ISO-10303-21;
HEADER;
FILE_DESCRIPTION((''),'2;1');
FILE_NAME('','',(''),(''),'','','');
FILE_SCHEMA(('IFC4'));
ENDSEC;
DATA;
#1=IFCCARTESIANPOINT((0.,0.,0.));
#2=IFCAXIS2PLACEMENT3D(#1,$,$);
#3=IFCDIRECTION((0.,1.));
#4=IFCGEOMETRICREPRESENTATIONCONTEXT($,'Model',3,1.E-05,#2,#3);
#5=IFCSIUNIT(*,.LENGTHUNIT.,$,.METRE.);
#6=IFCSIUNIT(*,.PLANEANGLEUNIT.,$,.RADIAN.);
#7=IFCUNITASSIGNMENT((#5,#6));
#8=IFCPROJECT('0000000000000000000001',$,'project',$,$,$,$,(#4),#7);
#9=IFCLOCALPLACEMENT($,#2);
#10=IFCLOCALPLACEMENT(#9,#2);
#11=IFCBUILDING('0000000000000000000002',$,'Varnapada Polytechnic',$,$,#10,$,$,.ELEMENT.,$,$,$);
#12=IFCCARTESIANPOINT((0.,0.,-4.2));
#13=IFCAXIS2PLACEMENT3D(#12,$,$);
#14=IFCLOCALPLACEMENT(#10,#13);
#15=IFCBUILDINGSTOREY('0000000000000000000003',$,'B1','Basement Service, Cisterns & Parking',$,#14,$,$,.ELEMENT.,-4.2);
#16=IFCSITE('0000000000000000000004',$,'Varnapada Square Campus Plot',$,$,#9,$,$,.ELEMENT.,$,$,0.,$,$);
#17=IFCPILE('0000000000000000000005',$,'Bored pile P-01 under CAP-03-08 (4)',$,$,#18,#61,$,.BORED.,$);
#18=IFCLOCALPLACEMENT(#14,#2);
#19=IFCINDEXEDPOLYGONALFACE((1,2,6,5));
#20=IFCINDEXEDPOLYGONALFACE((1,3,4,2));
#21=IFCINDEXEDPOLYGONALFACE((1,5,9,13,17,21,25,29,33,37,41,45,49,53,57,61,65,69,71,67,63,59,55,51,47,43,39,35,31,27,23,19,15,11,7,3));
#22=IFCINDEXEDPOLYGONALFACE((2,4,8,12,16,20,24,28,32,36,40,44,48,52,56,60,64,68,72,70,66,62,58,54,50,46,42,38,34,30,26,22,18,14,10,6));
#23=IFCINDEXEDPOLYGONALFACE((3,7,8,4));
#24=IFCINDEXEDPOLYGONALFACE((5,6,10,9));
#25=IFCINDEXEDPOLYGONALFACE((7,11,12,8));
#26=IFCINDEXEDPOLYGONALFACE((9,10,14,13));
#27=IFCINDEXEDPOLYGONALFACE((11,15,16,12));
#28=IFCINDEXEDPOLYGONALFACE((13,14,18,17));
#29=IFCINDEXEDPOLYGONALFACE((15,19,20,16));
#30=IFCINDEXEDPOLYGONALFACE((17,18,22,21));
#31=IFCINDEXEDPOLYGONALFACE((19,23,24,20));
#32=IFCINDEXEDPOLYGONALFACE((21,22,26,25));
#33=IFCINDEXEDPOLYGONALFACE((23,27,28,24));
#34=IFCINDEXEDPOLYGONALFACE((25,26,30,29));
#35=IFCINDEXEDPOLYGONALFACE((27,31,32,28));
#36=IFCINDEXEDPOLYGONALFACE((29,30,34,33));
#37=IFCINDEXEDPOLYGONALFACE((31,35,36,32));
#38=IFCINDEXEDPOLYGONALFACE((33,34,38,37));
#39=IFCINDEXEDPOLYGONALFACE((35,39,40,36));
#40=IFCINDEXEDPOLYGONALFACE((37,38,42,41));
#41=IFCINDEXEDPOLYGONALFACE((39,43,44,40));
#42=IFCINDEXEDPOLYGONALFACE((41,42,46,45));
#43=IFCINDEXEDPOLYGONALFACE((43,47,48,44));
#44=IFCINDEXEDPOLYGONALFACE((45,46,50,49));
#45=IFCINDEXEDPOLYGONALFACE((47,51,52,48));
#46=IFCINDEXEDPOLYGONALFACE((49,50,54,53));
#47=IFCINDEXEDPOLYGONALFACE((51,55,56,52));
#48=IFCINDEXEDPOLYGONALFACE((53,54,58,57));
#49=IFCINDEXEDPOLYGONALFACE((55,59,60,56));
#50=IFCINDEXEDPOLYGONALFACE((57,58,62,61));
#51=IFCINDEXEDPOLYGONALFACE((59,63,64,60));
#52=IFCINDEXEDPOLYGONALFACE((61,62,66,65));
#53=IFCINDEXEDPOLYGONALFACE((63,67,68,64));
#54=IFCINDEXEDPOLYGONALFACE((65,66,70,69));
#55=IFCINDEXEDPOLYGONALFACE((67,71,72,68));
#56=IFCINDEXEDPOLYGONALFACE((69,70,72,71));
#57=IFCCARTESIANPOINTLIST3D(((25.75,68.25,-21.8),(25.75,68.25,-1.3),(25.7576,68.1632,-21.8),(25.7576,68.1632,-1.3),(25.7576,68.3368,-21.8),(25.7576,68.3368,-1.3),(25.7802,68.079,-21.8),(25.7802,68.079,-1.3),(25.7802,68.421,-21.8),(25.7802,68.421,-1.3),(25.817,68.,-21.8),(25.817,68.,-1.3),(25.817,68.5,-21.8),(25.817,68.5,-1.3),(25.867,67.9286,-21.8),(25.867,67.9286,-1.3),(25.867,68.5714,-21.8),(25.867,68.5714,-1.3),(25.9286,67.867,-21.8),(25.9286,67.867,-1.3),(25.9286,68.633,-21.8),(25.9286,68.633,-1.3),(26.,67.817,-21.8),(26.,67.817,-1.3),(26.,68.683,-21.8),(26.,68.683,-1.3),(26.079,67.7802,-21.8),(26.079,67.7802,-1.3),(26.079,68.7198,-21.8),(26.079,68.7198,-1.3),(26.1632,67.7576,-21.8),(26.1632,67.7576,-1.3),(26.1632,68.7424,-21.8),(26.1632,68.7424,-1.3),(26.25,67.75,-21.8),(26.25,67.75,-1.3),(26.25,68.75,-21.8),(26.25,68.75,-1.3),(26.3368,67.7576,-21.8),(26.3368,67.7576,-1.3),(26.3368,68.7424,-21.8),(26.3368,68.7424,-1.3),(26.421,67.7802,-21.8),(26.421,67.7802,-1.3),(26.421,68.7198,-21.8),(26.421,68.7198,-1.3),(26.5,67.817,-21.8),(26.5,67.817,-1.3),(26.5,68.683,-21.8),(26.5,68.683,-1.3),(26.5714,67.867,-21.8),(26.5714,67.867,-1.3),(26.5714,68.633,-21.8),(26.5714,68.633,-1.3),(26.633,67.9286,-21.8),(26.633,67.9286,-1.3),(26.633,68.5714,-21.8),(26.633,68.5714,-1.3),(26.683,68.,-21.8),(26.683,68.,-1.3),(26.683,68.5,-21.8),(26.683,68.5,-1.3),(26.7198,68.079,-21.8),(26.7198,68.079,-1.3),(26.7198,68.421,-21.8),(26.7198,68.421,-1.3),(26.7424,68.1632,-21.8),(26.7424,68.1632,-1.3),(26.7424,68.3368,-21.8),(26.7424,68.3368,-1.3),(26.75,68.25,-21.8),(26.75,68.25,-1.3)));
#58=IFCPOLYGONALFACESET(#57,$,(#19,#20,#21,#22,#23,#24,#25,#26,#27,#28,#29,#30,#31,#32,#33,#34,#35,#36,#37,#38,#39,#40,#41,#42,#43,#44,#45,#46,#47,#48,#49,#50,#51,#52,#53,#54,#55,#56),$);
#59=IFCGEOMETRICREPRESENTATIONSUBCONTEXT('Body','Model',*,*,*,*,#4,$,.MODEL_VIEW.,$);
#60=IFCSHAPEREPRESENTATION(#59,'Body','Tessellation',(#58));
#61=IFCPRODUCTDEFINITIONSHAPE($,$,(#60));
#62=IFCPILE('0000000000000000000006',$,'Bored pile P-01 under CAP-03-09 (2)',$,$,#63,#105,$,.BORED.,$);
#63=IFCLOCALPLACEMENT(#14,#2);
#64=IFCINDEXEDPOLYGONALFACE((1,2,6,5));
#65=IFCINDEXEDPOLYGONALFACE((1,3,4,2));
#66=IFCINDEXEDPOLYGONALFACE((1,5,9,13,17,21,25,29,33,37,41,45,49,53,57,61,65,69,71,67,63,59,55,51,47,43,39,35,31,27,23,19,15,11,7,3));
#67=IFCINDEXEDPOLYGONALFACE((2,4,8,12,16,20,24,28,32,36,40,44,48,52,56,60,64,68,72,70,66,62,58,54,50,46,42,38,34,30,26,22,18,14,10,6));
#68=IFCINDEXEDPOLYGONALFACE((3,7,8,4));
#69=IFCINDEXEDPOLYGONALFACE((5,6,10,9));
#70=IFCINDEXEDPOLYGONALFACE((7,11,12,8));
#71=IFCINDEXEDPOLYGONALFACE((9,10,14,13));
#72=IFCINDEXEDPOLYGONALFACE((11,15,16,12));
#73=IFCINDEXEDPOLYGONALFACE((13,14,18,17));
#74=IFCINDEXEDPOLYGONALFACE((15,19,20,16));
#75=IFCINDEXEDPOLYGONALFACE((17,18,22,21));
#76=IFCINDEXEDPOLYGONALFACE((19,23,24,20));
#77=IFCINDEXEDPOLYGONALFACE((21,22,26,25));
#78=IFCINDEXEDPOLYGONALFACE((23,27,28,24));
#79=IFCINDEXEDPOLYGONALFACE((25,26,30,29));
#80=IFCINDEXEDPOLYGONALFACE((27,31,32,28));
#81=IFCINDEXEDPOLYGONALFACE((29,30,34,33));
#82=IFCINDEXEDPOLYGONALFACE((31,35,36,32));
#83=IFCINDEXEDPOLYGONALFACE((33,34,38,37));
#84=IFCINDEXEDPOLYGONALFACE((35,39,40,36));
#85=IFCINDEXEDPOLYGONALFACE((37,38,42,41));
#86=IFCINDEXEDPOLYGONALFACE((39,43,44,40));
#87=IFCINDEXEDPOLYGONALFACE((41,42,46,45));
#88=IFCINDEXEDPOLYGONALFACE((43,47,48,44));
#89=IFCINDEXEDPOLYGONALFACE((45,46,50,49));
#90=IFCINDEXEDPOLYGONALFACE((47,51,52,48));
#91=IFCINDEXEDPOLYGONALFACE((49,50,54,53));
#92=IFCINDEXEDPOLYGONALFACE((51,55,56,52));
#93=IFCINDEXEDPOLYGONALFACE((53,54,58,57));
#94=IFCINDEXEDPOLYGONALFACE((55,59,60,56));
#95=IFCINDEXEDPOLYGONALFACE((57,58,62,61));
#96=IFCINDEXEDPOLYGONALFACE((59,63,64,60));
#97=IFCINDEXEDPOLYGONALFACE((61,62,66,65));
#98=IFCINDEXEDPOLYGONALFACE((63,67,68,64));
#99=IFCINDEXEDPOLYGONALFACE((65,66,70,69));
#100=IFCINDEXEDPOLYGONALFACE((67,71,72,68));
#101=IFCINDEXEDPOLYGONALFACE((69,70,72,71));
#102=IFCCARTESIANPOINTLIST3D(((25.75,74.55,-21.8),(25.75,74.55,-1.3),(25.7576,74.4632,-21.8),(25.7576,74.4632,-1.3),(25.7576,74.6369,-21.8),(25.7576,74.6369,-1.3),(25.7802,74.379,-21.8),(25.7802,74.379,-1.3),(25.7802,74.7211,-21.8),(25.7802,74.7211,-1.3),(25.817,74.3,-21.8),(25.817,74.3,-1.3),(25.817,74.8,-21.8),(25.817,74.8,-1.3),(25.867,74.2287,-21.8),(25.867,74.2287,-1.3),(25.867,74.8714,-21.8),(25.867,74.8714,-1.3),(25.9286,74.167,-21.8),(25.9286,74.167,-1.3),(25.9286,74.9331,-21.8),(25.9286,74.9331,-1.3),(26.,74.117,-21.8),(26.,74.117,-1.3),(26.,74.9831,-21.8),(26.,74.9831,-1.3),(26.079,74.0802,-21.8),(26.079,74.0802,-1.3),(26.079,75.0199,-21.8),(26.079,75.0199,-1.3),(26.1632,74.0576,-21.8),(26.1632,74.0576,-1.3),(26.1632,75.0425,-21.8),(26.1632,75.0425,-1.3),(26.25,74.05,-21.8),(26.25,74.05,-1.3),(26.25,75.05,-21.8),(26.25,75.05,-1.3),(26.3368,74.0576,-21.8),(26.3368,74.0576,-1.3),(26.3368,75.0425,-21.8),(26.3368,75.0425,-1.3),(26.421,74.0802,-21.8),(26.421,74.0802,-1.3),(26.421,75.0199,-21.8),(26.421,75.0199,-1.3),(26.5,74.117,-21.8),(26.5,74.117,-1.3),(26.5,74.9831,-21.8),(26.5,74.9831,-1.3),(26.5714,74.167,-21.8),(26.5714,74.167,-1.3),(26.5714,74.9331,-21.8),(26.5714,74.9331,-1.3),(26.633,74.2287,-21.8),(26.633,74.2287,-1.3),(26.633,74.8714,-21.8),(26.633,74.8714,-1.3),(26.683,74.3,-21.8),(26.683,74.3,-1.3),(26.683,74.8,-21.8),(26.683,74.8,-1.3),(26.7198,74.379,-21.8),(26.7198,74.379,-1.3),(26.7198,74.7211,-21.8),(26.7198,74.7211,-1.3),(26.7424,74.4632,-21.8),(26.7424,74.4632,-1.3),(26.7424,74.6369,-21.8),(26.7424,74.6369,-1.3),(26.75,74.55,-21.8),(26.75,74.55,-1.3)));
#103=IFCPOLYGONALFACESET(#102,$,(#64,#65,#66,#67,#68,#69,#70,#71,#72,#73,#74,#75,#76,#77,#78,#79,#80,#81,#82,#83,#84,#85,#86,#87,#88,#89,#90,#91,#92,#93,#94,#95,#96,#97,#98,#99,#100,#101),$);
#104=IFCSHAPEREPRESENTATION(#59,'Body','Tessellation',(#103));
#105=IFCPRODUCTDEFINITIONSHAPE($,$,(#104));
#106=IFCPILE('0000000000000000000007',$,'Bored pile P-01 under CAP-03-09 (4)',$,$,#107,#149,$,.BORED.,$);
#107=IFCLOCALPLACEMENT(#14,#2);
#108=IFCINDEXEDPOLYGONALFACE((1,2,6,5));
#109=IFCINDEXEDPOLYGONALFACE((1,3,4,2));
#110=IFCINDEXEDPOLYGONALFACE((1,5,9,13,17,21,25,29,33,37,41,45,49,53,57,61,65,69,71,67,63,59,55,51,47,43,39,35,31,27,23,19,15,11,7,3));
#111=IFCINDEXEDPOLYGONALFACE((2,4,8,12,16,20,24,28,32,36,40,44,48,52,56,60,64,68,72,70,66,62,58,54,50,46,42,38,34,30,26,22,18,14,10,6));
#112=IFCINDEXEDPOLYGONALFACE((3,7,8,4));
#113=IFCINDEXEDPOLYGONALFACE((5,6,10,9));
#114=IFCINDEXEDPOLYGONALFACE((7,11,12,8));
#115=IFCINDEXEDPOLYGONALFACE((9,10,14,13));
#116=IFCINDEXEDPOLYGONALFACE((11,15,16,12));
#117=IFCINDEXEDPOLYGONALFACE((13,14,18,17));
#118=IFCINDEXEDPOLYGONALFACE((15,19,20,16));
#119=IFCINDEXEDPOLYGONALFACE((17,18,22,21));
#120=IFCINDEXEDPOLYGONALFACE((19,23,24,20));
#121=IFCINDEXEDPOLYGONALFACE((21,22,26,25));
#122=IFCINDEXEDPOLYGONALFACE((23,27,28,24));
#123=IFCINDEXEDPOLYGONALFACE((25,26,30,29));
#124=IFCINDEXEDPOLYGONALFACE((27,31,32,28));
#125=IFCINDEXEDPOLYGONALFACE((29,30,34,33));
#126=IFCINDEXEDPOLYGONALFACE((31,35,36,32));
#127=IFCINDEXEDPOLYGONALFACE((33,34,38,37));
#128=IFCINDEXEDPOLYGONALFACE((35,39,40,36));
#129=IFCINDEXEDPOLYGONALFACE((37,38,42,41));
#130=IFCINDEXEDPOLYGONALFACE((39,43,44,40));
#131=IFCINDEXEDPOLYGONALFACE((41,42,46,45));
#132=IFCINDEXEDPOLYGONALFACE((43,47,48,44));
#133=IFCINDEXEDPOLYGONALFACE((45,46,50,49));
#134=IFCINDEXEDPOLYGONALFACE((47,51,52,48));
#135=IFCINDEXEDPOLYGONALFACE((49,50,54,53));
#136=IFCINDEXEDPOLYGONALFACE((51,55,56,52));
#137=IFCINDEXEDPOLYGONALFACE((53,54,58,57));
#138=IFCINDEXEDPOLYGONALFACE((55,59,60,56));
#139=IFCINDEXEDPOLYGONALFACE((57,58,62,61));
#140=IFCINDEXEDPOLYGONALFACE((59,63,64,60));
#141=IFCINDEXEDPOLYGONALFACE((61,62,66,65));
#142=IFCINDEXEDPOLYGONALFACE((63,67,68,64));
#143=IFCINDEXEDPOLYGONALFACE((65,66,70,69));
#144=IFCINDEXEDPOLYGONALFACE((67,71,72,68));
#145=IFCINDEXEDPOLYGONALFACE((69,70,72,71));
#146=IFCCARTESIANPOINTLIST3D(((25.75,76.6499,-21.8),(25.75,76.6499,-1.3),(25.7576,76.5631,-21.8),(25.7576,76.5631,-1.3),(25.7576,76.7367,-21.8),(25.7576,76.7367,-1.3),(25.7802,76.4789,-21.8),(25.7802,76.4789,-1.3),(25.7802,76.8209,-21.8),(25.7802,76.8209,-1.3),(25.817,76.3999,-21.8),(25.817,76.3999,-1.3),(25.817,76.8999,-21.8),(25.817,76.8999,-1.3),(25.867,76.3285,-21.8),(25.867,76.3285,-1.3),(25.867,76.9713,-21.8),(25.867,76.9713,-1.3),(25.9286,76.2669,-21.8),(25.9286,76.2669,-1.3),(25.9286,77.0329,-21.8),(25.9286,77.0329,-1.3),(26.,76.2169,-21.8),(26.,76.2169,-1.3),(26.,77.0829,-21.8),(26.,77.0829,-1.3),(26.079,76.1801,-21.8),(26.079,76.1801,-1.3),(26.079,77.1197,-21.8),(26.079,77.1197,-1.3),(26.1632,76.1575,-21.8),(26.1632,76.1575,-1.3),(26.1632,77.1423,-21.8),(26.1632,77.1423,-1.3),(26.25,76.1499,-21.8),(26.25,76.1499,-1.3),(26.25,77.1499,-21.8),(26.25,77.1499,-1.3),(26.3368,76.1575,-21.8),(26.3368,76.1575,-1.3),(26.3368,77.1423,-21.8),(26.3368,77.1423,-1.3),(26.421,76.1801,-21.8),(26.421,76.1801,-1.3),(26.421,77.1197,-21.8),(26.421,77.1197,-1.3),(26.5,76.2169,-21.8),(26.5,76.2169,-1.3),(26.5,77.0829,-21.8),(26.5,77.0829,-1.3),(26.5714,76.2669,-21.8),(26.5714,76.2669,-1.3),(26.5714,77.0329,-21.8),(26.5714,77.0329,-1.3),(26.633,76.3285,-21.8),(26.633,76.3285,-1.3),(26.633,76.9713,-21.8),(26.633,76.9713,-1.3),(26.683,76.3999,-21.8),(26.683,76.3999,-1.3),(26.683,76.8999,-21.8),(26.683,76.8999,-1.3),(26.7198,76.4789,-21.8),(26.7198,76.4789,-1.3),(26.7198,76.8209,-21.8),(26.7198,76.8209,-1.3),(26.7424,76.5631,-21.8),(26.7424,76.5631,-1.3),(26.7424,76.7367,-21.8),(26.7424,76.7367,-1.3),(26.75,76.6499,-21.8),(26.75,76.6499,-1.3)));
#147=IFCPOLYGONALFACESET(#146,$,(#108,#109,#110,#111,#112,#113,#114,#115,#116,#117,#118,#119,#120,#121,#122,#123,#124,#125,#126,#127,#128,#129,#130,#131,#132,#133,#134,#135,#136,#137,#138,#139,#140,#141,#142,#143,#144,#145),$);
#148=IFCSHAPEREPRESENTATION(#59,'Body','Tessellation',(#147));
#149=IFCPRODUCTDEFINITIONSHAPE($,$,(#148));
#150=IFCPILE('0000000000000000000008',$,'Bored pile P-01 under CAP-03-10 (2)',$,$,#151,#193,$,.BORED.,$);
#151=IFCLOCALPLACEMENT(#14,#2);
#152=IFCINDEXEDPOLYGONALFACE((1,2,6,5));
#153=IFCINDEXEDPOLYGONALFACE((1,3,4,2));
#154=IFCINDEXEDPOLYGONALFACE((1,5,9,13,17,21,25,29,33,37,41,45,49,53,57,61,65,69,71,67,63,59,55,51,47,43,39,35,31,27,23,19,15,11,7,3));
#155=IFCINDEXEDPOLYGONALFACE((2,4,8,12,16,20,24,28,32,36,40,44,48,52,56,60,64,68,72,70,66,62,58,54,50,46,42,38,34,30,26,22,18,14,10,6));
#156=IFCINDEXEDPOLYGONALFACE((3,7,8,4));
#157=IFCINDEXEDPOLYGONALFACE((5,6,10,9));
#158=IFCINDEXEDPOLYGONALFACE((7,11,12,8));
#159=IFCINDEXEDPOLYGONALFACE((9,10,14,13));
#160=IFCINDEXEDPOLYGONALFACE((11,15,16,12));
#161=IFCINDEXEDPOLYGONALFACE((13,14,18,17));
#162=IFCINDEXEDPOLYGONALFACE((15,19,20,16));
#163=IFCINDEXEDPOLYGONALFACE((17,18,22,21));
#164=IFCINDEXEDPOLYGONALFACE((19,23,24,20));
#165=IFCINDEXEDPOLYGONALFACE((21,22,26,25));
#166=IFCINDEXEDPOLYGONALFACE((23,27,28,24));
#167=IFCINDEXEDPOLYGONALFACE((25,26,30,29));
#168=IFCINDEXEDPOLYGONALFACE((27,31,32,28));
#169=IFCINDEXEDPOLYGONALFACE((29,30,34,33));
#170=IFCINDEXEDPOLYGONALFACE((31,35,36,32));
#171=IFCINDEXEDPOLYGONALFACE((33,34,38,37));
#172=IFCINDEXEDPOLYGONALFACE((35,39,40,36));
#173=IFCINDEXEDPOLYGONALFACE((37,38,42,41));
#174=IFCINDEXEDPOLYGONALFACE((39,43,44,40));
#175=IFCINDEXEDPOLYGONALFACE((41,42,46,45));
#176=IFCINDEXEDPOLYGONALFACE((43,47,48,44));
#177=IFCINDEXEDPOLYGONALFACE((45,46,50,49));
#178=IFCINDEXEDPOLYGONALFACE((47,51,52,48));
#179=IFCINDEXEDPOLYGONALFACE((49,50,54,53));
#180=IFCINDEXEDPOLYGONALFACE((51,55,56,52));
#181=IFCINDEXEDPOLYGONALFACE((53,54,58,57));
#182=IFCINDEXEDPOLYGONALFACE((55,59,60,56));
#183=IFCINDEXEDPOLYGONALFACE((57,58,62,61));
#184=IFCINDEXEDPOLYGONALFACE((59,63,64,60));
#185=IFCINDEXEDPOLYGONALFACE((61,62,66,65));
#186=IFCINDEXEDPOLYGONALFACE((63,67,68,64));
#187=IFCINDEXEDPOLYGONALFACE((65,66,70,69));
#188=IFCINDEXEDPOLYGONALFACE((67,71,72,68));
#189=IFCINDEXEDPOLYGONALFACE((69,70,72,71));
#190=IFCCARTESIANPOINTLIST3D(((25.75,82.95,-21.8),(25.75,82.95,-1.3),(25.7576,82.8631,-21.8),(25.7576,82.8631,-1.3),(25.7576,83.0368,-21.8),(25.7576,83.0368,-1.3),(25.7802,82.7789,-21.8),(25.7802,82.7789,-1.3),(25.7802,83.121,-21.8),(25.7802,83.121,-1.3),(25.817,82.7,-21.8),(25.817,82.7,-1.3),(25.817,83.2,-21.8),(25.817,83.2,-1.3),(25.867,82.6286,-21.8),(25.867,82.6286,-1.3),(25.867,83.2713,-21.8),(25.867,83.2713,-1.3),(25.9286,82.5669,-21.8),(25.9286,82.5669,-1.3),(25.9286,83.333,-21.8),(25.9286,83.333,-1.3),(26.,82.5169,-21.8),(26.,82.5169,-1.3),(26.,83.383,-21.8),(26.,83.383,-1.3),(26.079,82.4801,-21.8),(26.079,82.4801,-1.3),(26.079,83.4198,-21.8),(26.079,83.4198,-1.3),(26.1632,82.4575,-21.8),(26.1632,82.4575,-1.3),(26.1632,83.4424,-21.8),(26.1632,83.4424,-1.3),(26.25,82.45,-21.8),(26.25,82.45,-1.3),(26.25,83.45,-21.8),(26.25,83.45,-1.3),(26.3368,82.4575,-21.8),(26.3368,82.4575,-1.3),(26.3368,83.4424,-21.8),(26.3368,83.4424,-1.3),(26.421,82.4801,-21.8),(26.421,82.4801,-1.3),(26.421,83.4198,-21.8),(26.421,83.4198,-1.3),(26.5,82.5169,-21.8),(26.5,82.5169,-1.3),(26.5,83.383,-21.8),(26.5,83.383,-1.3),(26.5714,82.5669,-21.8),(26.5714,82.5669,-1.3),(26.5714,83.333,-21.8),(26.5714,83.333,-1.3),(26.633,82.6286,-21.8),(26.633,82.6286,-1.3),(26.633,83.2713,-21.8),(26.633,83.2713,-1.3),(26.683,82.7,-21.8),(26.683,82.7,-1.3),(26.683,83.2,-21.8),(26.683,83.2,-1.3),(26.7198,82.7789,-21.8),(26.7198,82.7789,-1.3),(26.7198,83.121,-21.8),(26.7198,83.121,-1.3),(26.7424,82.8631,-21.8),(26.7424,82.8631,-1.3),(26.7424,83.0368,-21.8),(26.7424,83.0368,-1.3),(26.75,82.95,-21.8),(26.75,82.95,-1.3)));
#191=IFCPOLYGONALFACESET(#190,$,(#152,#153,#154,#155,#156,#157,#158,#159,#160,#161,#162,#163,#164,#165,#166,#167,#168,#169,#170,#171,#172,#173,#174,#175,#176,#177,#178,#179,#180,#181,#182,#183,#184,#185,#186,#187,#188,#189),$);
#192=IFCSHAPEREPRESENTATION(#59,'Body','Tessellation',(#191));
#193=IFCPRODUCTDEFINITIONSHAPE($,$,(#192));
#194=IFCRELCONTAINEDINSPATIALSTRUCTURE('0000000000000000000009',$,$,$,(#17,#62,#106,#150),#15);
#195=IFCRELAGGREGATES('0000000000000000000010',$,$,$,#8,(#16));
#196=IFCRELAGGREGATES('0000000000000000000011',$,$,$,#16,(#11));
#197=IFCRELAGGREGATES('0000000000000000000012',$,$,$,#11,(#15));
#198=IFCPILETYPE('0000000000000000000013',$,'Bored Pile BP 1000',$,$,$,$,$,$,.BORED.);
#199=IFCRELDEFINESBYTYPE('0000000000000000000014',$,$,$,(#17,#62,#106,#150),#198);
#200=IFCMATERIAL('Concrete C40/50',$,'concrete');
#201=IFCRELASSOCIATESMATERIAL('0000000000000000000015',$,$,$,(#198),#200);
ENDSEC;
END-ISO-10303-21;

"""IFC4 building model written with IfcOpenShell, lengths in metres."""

from ifc_helpers import new_model, si_unit, direction, frame, origin, origin_2d, place, context, subcontext, project, spatial, circle, extrude, material, material_profile, profile_set, type_object, element, save


model = new_model("IFC4")

# Units and contexts
model_context = context("Model", 3, precision=1e-05, world=origin(), true_north=direction((0.0, 1.0)))
body_context = subcontext(model_context, "Body", "Model", "MODEL_VIEW")
ifc_project = project(units=[si_unit("LENGTHUNIT", "METRE"), si_unit("PLANEANGLEUNIT", "RADIAN")], contexts=[model_context])

# Site, building, storey
site_placement = place(None, origin())
site = spatial("IfcSite", under=ifc_project, at=site_placement, Name="Varnapada Square Campus Plot", CompositionType="ELEMENT", RefElevation=0.0)
building_placement = place(site_placement, origin())
building = spatial("IfcBuilding", under=site, at=building_placement, Name="Varnapada Polytechnic", CompositionType="ELEMENT")
storey_placement = place(building_placement, frame((0.0, 0.0, -4.2)))
storey = spatial("IfcBuildingStorey", under=building, at=storey_placement, Name="B1", Description="Basement Service, Cisterns & Parking", CompositionType="ELEMENT", Elevation=-4.2)

# Piles
ifc_material = material(Name="Concrete C40/50", Category="concrete")
ifc_material_profile_1 = material_profile(ifc_material, circle(Radius=0.5, at=origin_2d()), Name="BP 1000")
ifc_profile_set_1 = profile_set([ifc_material_profile_1], Name="Concrete C40/50")
pile_type_1 = type_object("IfcPileType", Name="Bored Pile BP 1000", PredefinedType="BORED", material=ifc_profile_set_1)
for number, where, z_axis, x_axis, name in (
    (1, (26.25, 68.25, -1.3), (0.0, 0.0, -1.0), (1.0, 0.0, 0.0), "Bored pile P-01 under CAP-03-08 (4)"),
    (2, (26.25, 74.55, -1.3), (0.0, 0.0, -1.0), (1.0, 0.0, 0.0), "Bored pile P-01 under CAP-03-09 (2)"),
    (3, (26.25, 76.6499, -1.3), (0.0, 0.0, -1.0), (1.0, 0.0, 0.0), "Bored pile P-01 under CAP-03-09 (4)"),
    (4, (26.25, 82.95, -1.3), (0.0, 0.0, -1.0), (1.0, 0.0, 0.0), "Bored pile P-01 under CAP-03-10 (2)"),
):
    element("IfcPile", number, at=place(storey_placement, frame(where, z_axis=z_axis, x_axis=x_axis)), inside=storey, type_object=pile_type_1, Name=name, PredefinedType="BORED", context=body_context, shape_type="SweptSolid", body=[
        extrude(circle(Radius=0.5, at=origin_2d()), origin(), (0.0, 0.0, 1.0), 20.5),
    ])

save(model, "model.ifc")
